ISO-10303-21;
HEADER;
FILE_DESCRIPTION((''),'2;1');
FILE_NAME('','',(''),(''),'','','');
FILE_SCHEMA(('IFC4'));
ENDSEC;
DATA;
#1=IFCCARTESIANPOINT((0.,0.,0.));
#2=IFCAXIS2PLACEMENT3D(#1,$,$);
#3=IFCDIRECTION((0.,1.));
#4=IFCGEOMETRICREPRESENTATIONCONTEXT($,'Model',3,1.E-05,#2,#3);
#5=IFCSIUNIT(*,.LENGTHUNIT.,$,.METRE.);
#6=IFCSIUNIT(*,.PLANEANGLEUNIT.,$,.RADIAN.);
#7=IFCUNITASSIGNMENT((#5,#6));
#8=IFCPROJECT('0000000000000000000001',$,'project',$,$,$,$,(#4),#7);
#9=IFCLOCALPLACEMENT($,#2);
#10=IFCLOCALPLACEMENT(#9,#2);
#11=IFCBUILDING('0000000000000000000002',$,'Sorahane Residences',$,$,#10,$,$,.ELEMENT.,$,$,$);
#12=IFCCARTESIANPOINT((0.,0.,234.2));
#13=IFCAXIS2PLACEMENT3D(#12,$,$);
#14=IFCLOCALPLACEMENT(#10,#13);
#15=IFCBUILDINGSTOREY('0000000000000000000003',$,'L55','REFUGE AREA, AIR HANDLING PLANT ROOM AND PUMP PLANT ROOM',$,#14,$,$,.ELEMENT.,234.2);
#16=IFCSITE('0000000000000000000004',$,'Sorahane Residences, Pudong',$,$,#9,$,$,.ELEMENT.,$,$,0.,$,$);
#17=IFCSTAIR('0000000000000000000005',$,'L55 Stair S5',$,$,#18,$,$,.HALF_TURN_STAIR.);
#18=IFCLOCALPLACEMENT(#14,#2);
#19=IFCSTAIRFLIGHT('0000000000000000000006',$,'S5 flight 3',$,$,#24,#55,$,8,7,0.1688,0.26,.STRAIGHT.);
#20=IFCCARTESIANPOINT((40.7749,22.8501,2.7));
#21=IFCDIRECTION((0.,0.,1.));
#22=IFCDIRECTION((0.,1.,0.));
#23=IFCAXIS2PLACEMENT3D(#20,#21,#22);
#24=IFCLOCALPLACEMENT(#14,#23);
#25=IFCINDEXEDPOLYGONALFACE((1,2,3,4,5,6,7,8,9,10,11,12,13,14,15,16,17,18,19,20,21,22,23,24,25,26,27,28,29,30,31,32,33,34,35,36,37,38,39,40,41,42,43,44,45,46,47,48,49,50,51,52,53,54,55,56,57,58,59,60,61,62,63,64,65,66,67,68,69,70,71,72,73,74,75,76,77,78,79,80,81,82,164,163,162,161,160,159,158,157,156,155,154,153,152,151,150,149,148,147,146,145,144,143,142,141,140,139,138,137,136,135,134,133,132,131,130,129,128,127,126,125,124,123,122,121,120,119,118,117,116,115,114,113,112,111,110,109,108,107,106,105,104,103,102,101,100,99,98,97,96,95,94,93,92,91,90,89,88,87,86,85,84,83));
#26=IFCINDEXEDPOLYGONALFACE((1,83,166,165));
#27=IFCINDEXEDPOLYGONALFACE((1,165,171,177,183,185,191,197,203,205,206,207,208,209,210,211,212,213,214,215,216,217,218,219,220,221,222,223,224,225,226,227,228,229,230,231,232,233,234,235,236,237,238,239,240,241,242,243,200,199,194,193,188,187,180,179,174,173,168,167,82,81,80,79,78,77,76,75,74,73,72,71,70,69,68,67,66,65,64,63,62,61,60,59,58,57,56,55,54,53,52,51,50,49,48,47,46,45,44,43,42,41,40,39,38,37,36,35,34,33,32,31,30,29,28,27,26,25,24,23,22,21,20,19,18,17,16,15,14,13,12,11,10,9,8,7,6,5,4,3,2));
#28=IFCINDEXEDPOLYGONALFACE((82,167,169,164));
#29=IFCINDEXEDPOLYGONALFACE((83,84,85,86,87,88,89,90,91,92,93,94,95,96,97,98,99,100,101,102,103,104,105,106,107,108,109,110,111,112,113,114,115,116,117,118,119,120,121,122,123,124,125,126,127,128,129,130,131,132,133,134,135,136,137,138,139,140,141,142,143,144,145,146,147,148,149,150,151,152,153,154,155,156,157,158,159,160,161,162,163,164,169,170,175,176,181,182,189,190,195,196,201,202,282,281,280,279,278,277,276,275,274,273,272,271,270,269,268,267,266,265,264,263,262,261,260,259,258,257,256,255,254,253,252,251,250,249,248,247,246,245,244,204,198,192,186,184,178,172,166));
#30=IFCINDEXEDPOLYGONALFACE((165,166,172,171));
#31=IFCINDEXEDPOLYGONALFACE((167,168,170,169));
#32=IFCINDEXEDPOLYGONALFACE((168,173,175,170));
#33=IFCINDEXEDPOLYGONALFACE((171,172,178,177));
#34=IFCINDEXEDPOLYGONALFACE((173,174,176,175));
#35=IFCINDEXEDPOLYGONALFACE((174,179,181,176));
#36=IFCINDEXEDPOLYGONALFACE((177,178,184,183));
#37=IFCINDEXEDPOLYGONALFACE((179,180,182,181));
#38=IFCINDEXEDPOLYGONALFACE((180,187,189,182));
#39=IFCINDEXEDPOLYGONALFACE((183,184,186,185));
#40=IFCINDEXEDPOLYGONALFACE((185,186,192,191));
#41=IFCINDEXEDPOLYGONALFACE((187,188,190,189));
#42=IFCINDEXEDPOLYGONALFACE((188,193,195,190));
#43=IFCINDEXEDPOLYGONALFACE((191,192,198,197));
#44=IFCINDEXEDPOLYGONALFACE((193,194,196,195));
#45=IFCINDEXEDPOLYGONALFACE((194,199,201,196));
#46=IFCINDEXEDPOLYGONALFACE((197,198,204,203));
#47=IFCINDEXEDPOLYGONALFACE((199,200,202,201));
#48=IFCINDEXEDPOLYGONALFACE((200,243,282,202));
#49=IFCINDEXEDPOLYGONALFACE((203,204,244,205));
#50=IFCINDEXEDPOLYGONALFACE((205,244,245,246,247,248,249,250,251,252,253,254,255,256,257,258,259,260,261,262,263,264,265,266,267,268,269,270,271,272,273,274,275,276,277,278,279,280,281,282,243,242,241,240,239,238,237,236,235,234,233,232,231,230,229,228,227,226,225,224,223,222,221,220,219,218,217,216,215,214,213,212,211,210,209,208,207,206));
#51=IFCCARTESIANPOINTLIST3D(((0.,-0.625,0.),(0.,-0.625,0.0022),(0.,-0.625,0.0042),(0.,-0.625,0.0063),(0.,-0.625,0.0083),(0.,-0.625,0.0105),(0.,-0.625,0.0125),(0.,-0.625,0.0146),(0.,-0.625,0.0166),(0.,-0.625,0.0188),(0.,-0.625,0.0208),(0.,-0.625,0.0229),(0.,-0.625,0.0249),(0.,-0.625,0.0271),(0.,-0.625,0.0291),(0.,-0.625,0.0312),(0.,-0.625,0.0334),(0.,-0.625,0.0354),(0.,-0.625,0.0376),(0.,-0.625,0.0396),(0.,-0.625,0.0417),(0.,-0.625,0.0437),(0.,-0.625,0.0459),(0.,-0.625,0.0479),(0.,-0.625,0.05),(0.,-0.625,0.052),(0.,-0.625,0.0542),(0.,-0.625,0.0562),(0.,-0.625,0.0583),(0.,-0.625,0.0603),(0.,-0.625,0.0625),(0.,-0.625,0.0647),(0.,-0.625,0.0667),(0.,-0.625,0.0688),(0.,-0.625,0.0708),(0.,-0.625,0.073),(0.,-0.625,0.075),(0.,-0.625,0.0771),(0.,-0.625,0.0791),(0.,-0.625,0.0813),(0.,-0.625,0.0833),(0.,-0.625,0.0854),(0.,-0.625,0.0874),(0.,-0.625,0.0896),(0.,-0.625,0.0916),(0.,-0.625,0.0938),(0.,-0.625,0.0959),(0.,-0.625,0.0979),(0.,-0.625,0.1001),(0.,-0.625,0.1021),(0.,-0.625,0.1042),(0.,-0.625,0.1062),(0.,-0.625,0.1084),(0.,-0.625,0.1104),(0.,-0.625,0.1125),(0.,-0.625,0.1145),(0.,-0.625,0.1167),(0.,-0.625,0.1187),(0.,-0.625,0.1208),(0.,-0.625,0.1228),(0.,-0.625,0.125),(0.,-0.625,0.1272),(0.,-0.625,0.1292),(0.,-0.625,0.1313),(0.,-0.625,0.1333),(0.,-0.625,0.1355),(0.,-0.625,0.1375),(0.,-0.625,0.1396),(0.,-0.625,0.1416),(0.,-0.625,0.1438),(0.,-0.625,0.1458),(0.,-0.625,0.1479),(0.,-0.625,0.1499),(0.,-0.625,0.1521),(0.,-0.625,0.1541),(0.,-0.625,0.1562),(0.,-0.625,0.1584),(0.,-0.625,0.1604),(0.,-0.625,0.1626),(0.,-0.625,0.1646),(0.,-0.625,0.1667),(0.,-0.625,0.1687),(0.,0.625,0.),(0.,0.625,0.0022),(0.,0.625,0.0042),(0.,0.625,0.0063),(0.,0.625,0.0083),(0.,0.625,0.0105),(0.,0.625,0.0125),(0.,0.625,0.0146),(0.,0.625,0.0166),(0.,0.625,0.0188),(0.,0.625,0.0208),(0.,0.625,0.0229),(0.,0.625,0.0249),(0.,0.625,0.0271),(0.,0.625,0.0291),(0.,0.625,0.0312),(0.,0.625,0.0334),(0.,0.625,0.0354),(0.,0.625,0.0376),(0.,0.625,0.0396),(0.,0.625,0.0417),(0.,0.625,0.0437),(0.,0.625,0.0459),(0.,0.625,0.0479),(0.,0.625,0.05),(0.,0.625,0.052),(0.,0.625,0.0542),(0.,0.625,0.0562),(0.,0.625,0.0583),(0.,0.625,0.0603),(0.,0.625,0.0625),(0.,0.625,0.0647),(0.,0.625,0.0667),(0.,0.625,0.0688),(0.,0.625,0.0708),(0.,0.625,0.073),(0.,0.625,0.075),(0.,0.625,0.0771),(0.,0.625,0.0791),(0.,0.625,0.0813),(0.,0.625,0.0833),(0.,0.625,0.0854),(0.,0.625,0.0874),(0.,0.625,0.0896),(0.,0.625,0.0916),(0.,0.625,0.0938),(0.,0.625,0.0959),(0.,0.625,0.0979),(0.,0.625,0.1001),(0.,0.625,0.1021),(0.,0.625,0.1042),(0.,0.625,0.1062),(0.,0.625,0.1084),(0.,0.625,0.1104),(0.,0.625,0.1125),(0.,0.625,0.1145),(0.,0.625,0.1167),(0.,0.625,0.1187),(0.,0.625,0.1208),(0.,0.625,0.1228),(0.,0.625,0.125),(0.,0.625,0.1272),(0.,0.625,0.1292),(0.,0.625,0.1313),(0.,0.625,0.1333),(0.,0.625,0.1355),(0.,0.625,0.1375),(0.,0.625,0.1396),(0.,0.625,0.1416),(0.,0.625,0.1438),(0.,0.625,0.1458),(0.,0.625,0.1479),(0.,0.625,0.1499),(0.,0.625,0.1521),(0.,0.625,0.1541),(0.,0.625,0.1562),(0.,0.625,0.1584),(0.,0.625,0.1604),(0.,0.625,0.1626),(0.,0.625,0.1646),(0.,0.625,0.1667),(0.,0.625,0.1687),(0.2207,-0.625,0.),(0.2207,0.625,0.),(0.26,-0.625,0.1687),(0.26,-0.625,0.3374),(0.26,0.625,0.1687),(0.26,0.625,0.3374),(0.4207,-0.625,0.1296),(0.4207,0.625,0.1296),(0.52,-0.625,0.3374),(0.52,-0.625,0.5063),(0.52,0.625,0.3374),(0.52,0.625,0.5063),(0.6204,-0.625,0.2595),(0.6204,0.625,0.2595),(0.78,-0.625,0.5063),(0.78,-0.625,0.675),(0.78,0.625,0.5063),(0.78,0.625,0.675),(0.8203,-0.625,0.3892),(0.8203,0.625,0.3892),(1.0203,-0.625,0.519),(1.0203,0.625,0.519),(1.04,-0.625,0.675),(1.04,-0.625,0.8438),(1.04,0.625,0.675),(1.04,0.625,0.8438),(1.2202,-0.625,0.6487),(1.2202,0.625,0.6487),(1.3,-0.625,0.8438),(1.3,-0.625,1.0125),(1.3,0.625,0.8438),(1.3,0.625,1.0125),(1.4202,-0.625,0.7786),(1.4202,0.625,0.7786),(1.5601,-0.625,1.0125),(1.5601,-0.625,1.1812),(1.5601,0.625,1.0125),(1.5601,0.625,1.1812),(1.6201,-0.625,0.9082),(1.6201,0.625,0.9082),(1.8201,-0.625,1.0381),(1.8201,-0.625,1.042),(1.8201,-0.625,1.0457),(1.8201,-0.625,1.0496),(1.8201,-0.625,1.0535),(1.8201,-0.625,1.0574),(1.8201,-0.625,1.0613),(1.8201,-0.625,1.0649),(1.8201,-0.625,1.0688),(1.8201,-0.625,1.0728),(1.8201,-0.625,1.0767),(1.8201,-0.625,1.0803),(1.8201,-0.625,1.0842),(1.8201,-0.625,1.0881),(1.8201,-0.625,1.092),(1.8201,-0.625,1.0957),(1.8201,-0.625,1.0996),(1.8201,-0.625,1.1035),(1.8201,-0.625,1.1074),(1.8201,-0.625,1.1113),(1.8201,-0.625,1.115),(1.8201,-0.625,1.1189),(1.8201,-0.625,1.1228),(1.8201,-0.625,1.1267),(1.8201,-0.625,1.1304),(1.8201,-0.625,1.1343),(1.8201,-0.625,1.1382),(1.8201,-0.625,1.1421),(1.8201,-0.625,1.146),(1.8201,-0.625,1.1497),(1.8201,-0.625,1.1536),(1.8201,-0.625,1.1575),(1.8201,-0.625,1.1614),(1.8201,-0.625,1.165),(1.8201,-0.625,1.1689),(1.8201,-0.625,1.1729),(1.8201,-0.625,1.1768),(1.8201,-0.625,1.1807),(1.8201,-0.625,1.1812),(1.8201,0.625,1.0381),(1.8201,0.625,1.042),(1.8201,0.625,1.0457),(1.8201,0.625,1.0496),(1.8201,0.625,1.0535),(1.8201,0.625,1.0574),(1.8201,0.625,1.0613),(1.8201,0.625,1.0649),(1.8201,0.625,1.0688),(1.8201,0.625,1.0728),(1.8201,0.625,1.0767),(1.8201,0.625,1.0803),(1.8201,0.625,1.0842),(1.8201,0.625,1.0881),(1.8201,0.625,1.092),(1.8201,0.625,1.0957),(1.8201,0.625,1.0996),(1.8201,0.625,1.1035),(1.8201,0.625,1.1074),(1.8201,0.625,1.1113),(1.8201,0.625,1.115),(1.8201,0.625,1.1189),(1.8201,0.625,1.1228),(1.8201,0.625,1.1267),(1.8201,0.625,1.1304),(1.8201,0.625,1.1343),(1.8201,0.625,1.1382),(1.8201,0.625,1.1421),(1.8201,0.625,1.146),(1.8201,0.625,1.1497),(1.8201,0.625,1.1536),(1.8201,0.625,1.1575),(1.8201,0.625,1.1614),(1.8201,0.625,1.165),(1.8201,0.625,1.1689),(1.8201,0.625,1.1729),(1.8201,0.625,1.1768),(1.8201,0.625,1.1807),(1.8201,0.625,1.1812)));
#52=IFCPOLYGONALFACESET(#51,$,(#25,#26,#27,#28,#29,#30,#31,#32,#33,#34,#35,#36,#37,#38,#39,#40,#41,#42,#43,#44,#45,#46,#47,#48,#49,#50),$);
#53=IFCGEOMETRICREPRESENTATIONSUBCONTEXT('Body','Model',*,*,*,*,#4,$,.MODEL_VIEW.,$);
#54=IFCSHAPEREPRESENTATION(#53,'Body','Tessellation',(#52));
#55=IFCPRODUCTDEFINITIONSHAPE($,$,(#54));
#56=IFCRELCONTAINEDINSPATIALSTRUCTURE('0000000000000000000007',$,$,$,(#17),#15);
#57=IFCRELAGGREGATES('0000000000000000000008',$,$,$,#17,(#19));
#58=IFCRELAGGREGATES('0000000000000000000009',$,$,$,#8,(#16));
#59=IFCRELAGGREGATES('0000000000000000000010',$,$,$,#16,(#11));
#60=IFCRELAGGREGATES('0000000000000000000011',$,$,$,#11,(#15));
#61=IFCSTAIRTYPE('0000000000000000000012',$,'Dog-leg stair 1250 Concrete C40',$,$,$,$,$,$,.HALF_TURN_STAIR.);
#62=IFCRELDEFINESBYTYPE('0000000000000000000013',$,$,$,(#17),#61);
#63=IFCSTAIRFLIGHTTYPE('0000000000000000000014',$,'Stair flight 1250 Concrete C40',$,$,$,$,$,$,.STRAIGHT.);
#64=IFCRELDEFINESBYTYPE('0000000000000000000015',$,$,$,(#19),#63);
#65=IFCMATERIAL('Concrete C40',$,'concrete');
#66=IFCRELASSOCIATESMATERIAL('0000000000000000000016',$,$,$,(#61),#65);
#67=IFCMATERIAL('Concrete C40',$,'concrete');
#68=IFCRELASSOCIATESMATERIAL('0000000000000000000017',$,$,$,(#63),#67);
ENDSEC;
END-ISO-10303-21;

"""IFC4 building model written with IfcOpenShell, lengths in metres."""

from ifc_helpers import new_model, si_unit, direction, frame, origin, place, context, subcontext, project, spatial, polyline, outline, extrude, material, type_object, element, aggregate, save


model = new_model("IFC4")

# Units and contexts
model_context = context("Model", 3, precision=1e-05, world=origin(), true_north=direction((0.0, 1.0)))
body_context = subcontext(model_context, "Body", "Model", "MODEL_VIEW")
ifc_project = project(units=[si_unit("LENGTHUNIT", "METRE"), si_unit("PLANEANGLEUNIT", "RADIAN")], contexts=[model_context])

# Site, building, storey
site_placement = place(None, origin())
site = spatial("IfcSite", under=ifc_project, at=site_placement, Name="Sorahane Residences, Pudong", CompositionType="ELEMENT", RefElevation=0.0)
building_placement = place(site_placement, origin())
building = spatial("IfcBuilding", under=site, at=building_placement, Name="Sorahane Residences", CompositionType="ELEMENT")
storey_placement = place(building_placement, frame((0.0, 0.0, 234.2)))
storey = spatial("IfcBuildingStorey", under=building, at=storey_placement, Name="L55", Description="REFUGE AREA, AIR HANDLING PLANT ROOM AND PUMP PLANT ROOM", CompositionType="ELEMENT", Elevation=234.2)

# Stair, stair flight
ifc_material_1 = material(Name="Concrete C40", Category="concrete")
stair_type = type_object("IfcStairType", Name="Dog-leg stair 1250 Concrete C40", PredefinedType="HALF_TURN_STAIR", material=ifc_material_1)
stair_placement = place(storey_placement, origin())
stair = element("IfcStair", 1, at=stair_placement, inside=storey, type_object=stair_type, Name="L55 Stair S5", PredefinedType="HALF_TURN_STAIR")
ifc_material_2 = material(Name="Concrete C40", Category="concrete")
stair_flight_type = type_object("IfcStairFlightType", Name="Stair flight 1250 Concrete C40", PredefinedType="STRAIGHT", material=ifc_material_2)
stair_flight_1_placement = place(storey_placement, frame((40.7749, 22.8501, 2.7), z_axis=(0.0, 0.0, 1.0), x_axis=(0.0, 1.0, 0.0)))
stair_flight_1 = element("IfcStairFlight", 2, at=stair_flight_1_placement, type_object=stair_flight_type, Name="S5 flight 3", NumberOfRisers=8, NumberOfTreads=7, PredefinedType="STRAIGHT", RiserHeight=0.1688, TreadLength=0.26, context=body_context, shape_type="SweptSolid", body=[
    extrude(outline(polyline([(0.0, 0.0), (0.0, 0.0022), (0.0, 0.0042), (0.0, 0.0063), (0.0, 0.0083), (0.0, 0.0105), (0.0, 0.0125), (0.0, 0.0146), (0.0, 0.0166), (0.0, 0.0188), (0.0, 0.0208), (0.0, 0.0229), (0.0, 0.0249), (0.0, 0.0271), (0.0, 0.0291), (0.0, 0.0312), (0.0, 0.0334), (0.0, 0.0354), (0.0, 0.0376), (0.0, 0.0396), (0.0, 0.0417), (0.0, 0.0437), (0.0, 0.0459), (0.0, 0.0479), (0.0, 0.05), (0.0, 0.052), (0.0, 0.0542), (0.0, 0.0562), (0.0, 0.0583), (0.0, 0.0603), (0.0, 0.0625), (0.0, 0.0647), (0.0, 0.0667), (0.0, 0.0688), (0.0, 0.0708), (0.0, 0.073), (0.0, 0.075), (0.0, 0.0771), (0.0, 0.0791), (0.0, 0.0813), (0.0, 0.0833), (0.0, 0.0854), (0.0, 0.0874), (0.0, 0.0896), (0.0, 0.0916), (0.0, 0.0938), (0.0, 0.0959), (0.0, 0.0979), (0.0, 0.1001), (0.0, 0.1021), (0.0, 0.1042), (0.0, 0.1062), (0.0, 0.1084), (0.0, 0.1104), (0.0, 0.1125), (0.0, 0.1145), (0.0, 0.1167), (0.0, 0.1187), (0.0, 0.1208), (0.0, 0.1228), (0.0, 0.125), (0.0, 0.1272), (0.0, 0.1292), (0.0, 0.1313), (0.0, 0.1333), (0.0, 0.1355), (0.0, 0.1375), (0.0, 0.1396), (0.0, 0.1416), (0.0, 0.1438), (0.0, 0.1458), (0.0, 0.1479), (0.0, 0.1499), (0.0, 0.1521), (0.0, 0.1541), (0.0, 0.1562), (0.0, 0.1584), (0.0, 0.1604), (0.0, 0.1626), (0.0, 0.1646), (0.0, 0.1667), (0.0, 0.1687), (0.26, 0.1687), (0.26, 0.3374), (0.52, 0.3374), (0.52, 0.5063), (0.78, 0.5063), (0.78, 0.675), (1.04, 0.675), (1.04, 0.8438), (1.3, 0.8438), (1.3, 1.0125), (1.5601, 1.0125), (1.5601, 1.1812), (1.8201, 1.1812), (1.8201, 1.3501), (1.8201, 1.3462), (1.8201, 1.3423), (1.8201, 1.3384), (1.8201, 1.3347), (1.8201, 1.3308), (1.8201, 1.3269), (1.8201, 1.323), (1.8201, 1.3191), (1.8201, 1.3154), (1.8201, 1.3115), (1.8201, 1.3076), (1.8201, 1.3037), (1.8201, 1.3), (1.8201, 1.2961), (1.8201, 1.2922), (1.8201, 1.2883), (1.8201, 1.2844), (1.8201, 1.2808), (1.8201, 1.2769), (1.8201, 1.2729), (1.8201, 1.269), (1.8201, 1.2654), (1.8201, 1.2615), (1.8201, 1.2576), (1.8201, 1.2537), (1.8201, 1.2498), (1.8201, 1.2461), (1.8201, 1.2422), (1.8201, 1.2383), (1.8201, 1.2344), (1.8201, 1.2307), (1.8201, 1.2268), (1.8201, 1.2229), (1.8201, 1.219), (1.8201, 1.2151), (1.8201, 1.2114), (1.8201, 1.2075), (1.8201, 1.2036), (1.8201, 1.1997), (1.8201, 1.196), (1.8201, 1.1921), (1.8201, 1.1882), (1.8201, 1.1843), (1.8201, 1.1807), (1.8201, 1.1768), (1.8201, 1.1729), (1.8201, 1.1689), (1.8201, 1.165), (1.8201, 1.1614), (1.8201, 1.1575), (1.8201, 1.1536), (1.8201, 1.1497), (1.8201, 1.146), (1.8201, 1.1421), (1.8201, 1.1382), (1.8201, 1.1343), (1.8201, 1.1304), (1.8201, 1.1267), (1.8201, 1.1228), (1.8201, 1.1189), (1.8201, 1.115), (1.8201, 1.1113), (1.8201, 1.1074), (1.8201, 1.1035), (1.8201, 1.0996), (1.8201, 1.0957), (1.8201, 1.092), (1.8201, 1.0881), (1.8201, 1.0842), (1.8201, 1.0803), (1.8201, 1.0767), (1.8201, 1.0728), (1.8201, 1.0688), (1.8201, 1.0649), (1.8201, 1.0613), (1.8201, 1.0574), (1.8201, 1.0535), (1.8201, 1.0496), (1.8201, 1.0457), (1.8201, 1.042), (1.8201, 1.0381), (1.6201, 0.9082), (1.4202, 0.7786), (1.2202, 0.6487), (1.0203, 0.519), (0.8203, 0.3892), (0.6204, 0.2595), (0.4207, 0.1296), (0.2207, 0.0), (0.0, 0.0)])), frame((0.0, 0.625, 0.0), z_axis=(0.0, -1.0, 0.0), x_axis=(1.0, 0.0, 0.0)), (0.0, 0.0, 1.0), 1.25),
])
aggregate(stair, [stair_flight_1])

save(model, "model.ifc")
